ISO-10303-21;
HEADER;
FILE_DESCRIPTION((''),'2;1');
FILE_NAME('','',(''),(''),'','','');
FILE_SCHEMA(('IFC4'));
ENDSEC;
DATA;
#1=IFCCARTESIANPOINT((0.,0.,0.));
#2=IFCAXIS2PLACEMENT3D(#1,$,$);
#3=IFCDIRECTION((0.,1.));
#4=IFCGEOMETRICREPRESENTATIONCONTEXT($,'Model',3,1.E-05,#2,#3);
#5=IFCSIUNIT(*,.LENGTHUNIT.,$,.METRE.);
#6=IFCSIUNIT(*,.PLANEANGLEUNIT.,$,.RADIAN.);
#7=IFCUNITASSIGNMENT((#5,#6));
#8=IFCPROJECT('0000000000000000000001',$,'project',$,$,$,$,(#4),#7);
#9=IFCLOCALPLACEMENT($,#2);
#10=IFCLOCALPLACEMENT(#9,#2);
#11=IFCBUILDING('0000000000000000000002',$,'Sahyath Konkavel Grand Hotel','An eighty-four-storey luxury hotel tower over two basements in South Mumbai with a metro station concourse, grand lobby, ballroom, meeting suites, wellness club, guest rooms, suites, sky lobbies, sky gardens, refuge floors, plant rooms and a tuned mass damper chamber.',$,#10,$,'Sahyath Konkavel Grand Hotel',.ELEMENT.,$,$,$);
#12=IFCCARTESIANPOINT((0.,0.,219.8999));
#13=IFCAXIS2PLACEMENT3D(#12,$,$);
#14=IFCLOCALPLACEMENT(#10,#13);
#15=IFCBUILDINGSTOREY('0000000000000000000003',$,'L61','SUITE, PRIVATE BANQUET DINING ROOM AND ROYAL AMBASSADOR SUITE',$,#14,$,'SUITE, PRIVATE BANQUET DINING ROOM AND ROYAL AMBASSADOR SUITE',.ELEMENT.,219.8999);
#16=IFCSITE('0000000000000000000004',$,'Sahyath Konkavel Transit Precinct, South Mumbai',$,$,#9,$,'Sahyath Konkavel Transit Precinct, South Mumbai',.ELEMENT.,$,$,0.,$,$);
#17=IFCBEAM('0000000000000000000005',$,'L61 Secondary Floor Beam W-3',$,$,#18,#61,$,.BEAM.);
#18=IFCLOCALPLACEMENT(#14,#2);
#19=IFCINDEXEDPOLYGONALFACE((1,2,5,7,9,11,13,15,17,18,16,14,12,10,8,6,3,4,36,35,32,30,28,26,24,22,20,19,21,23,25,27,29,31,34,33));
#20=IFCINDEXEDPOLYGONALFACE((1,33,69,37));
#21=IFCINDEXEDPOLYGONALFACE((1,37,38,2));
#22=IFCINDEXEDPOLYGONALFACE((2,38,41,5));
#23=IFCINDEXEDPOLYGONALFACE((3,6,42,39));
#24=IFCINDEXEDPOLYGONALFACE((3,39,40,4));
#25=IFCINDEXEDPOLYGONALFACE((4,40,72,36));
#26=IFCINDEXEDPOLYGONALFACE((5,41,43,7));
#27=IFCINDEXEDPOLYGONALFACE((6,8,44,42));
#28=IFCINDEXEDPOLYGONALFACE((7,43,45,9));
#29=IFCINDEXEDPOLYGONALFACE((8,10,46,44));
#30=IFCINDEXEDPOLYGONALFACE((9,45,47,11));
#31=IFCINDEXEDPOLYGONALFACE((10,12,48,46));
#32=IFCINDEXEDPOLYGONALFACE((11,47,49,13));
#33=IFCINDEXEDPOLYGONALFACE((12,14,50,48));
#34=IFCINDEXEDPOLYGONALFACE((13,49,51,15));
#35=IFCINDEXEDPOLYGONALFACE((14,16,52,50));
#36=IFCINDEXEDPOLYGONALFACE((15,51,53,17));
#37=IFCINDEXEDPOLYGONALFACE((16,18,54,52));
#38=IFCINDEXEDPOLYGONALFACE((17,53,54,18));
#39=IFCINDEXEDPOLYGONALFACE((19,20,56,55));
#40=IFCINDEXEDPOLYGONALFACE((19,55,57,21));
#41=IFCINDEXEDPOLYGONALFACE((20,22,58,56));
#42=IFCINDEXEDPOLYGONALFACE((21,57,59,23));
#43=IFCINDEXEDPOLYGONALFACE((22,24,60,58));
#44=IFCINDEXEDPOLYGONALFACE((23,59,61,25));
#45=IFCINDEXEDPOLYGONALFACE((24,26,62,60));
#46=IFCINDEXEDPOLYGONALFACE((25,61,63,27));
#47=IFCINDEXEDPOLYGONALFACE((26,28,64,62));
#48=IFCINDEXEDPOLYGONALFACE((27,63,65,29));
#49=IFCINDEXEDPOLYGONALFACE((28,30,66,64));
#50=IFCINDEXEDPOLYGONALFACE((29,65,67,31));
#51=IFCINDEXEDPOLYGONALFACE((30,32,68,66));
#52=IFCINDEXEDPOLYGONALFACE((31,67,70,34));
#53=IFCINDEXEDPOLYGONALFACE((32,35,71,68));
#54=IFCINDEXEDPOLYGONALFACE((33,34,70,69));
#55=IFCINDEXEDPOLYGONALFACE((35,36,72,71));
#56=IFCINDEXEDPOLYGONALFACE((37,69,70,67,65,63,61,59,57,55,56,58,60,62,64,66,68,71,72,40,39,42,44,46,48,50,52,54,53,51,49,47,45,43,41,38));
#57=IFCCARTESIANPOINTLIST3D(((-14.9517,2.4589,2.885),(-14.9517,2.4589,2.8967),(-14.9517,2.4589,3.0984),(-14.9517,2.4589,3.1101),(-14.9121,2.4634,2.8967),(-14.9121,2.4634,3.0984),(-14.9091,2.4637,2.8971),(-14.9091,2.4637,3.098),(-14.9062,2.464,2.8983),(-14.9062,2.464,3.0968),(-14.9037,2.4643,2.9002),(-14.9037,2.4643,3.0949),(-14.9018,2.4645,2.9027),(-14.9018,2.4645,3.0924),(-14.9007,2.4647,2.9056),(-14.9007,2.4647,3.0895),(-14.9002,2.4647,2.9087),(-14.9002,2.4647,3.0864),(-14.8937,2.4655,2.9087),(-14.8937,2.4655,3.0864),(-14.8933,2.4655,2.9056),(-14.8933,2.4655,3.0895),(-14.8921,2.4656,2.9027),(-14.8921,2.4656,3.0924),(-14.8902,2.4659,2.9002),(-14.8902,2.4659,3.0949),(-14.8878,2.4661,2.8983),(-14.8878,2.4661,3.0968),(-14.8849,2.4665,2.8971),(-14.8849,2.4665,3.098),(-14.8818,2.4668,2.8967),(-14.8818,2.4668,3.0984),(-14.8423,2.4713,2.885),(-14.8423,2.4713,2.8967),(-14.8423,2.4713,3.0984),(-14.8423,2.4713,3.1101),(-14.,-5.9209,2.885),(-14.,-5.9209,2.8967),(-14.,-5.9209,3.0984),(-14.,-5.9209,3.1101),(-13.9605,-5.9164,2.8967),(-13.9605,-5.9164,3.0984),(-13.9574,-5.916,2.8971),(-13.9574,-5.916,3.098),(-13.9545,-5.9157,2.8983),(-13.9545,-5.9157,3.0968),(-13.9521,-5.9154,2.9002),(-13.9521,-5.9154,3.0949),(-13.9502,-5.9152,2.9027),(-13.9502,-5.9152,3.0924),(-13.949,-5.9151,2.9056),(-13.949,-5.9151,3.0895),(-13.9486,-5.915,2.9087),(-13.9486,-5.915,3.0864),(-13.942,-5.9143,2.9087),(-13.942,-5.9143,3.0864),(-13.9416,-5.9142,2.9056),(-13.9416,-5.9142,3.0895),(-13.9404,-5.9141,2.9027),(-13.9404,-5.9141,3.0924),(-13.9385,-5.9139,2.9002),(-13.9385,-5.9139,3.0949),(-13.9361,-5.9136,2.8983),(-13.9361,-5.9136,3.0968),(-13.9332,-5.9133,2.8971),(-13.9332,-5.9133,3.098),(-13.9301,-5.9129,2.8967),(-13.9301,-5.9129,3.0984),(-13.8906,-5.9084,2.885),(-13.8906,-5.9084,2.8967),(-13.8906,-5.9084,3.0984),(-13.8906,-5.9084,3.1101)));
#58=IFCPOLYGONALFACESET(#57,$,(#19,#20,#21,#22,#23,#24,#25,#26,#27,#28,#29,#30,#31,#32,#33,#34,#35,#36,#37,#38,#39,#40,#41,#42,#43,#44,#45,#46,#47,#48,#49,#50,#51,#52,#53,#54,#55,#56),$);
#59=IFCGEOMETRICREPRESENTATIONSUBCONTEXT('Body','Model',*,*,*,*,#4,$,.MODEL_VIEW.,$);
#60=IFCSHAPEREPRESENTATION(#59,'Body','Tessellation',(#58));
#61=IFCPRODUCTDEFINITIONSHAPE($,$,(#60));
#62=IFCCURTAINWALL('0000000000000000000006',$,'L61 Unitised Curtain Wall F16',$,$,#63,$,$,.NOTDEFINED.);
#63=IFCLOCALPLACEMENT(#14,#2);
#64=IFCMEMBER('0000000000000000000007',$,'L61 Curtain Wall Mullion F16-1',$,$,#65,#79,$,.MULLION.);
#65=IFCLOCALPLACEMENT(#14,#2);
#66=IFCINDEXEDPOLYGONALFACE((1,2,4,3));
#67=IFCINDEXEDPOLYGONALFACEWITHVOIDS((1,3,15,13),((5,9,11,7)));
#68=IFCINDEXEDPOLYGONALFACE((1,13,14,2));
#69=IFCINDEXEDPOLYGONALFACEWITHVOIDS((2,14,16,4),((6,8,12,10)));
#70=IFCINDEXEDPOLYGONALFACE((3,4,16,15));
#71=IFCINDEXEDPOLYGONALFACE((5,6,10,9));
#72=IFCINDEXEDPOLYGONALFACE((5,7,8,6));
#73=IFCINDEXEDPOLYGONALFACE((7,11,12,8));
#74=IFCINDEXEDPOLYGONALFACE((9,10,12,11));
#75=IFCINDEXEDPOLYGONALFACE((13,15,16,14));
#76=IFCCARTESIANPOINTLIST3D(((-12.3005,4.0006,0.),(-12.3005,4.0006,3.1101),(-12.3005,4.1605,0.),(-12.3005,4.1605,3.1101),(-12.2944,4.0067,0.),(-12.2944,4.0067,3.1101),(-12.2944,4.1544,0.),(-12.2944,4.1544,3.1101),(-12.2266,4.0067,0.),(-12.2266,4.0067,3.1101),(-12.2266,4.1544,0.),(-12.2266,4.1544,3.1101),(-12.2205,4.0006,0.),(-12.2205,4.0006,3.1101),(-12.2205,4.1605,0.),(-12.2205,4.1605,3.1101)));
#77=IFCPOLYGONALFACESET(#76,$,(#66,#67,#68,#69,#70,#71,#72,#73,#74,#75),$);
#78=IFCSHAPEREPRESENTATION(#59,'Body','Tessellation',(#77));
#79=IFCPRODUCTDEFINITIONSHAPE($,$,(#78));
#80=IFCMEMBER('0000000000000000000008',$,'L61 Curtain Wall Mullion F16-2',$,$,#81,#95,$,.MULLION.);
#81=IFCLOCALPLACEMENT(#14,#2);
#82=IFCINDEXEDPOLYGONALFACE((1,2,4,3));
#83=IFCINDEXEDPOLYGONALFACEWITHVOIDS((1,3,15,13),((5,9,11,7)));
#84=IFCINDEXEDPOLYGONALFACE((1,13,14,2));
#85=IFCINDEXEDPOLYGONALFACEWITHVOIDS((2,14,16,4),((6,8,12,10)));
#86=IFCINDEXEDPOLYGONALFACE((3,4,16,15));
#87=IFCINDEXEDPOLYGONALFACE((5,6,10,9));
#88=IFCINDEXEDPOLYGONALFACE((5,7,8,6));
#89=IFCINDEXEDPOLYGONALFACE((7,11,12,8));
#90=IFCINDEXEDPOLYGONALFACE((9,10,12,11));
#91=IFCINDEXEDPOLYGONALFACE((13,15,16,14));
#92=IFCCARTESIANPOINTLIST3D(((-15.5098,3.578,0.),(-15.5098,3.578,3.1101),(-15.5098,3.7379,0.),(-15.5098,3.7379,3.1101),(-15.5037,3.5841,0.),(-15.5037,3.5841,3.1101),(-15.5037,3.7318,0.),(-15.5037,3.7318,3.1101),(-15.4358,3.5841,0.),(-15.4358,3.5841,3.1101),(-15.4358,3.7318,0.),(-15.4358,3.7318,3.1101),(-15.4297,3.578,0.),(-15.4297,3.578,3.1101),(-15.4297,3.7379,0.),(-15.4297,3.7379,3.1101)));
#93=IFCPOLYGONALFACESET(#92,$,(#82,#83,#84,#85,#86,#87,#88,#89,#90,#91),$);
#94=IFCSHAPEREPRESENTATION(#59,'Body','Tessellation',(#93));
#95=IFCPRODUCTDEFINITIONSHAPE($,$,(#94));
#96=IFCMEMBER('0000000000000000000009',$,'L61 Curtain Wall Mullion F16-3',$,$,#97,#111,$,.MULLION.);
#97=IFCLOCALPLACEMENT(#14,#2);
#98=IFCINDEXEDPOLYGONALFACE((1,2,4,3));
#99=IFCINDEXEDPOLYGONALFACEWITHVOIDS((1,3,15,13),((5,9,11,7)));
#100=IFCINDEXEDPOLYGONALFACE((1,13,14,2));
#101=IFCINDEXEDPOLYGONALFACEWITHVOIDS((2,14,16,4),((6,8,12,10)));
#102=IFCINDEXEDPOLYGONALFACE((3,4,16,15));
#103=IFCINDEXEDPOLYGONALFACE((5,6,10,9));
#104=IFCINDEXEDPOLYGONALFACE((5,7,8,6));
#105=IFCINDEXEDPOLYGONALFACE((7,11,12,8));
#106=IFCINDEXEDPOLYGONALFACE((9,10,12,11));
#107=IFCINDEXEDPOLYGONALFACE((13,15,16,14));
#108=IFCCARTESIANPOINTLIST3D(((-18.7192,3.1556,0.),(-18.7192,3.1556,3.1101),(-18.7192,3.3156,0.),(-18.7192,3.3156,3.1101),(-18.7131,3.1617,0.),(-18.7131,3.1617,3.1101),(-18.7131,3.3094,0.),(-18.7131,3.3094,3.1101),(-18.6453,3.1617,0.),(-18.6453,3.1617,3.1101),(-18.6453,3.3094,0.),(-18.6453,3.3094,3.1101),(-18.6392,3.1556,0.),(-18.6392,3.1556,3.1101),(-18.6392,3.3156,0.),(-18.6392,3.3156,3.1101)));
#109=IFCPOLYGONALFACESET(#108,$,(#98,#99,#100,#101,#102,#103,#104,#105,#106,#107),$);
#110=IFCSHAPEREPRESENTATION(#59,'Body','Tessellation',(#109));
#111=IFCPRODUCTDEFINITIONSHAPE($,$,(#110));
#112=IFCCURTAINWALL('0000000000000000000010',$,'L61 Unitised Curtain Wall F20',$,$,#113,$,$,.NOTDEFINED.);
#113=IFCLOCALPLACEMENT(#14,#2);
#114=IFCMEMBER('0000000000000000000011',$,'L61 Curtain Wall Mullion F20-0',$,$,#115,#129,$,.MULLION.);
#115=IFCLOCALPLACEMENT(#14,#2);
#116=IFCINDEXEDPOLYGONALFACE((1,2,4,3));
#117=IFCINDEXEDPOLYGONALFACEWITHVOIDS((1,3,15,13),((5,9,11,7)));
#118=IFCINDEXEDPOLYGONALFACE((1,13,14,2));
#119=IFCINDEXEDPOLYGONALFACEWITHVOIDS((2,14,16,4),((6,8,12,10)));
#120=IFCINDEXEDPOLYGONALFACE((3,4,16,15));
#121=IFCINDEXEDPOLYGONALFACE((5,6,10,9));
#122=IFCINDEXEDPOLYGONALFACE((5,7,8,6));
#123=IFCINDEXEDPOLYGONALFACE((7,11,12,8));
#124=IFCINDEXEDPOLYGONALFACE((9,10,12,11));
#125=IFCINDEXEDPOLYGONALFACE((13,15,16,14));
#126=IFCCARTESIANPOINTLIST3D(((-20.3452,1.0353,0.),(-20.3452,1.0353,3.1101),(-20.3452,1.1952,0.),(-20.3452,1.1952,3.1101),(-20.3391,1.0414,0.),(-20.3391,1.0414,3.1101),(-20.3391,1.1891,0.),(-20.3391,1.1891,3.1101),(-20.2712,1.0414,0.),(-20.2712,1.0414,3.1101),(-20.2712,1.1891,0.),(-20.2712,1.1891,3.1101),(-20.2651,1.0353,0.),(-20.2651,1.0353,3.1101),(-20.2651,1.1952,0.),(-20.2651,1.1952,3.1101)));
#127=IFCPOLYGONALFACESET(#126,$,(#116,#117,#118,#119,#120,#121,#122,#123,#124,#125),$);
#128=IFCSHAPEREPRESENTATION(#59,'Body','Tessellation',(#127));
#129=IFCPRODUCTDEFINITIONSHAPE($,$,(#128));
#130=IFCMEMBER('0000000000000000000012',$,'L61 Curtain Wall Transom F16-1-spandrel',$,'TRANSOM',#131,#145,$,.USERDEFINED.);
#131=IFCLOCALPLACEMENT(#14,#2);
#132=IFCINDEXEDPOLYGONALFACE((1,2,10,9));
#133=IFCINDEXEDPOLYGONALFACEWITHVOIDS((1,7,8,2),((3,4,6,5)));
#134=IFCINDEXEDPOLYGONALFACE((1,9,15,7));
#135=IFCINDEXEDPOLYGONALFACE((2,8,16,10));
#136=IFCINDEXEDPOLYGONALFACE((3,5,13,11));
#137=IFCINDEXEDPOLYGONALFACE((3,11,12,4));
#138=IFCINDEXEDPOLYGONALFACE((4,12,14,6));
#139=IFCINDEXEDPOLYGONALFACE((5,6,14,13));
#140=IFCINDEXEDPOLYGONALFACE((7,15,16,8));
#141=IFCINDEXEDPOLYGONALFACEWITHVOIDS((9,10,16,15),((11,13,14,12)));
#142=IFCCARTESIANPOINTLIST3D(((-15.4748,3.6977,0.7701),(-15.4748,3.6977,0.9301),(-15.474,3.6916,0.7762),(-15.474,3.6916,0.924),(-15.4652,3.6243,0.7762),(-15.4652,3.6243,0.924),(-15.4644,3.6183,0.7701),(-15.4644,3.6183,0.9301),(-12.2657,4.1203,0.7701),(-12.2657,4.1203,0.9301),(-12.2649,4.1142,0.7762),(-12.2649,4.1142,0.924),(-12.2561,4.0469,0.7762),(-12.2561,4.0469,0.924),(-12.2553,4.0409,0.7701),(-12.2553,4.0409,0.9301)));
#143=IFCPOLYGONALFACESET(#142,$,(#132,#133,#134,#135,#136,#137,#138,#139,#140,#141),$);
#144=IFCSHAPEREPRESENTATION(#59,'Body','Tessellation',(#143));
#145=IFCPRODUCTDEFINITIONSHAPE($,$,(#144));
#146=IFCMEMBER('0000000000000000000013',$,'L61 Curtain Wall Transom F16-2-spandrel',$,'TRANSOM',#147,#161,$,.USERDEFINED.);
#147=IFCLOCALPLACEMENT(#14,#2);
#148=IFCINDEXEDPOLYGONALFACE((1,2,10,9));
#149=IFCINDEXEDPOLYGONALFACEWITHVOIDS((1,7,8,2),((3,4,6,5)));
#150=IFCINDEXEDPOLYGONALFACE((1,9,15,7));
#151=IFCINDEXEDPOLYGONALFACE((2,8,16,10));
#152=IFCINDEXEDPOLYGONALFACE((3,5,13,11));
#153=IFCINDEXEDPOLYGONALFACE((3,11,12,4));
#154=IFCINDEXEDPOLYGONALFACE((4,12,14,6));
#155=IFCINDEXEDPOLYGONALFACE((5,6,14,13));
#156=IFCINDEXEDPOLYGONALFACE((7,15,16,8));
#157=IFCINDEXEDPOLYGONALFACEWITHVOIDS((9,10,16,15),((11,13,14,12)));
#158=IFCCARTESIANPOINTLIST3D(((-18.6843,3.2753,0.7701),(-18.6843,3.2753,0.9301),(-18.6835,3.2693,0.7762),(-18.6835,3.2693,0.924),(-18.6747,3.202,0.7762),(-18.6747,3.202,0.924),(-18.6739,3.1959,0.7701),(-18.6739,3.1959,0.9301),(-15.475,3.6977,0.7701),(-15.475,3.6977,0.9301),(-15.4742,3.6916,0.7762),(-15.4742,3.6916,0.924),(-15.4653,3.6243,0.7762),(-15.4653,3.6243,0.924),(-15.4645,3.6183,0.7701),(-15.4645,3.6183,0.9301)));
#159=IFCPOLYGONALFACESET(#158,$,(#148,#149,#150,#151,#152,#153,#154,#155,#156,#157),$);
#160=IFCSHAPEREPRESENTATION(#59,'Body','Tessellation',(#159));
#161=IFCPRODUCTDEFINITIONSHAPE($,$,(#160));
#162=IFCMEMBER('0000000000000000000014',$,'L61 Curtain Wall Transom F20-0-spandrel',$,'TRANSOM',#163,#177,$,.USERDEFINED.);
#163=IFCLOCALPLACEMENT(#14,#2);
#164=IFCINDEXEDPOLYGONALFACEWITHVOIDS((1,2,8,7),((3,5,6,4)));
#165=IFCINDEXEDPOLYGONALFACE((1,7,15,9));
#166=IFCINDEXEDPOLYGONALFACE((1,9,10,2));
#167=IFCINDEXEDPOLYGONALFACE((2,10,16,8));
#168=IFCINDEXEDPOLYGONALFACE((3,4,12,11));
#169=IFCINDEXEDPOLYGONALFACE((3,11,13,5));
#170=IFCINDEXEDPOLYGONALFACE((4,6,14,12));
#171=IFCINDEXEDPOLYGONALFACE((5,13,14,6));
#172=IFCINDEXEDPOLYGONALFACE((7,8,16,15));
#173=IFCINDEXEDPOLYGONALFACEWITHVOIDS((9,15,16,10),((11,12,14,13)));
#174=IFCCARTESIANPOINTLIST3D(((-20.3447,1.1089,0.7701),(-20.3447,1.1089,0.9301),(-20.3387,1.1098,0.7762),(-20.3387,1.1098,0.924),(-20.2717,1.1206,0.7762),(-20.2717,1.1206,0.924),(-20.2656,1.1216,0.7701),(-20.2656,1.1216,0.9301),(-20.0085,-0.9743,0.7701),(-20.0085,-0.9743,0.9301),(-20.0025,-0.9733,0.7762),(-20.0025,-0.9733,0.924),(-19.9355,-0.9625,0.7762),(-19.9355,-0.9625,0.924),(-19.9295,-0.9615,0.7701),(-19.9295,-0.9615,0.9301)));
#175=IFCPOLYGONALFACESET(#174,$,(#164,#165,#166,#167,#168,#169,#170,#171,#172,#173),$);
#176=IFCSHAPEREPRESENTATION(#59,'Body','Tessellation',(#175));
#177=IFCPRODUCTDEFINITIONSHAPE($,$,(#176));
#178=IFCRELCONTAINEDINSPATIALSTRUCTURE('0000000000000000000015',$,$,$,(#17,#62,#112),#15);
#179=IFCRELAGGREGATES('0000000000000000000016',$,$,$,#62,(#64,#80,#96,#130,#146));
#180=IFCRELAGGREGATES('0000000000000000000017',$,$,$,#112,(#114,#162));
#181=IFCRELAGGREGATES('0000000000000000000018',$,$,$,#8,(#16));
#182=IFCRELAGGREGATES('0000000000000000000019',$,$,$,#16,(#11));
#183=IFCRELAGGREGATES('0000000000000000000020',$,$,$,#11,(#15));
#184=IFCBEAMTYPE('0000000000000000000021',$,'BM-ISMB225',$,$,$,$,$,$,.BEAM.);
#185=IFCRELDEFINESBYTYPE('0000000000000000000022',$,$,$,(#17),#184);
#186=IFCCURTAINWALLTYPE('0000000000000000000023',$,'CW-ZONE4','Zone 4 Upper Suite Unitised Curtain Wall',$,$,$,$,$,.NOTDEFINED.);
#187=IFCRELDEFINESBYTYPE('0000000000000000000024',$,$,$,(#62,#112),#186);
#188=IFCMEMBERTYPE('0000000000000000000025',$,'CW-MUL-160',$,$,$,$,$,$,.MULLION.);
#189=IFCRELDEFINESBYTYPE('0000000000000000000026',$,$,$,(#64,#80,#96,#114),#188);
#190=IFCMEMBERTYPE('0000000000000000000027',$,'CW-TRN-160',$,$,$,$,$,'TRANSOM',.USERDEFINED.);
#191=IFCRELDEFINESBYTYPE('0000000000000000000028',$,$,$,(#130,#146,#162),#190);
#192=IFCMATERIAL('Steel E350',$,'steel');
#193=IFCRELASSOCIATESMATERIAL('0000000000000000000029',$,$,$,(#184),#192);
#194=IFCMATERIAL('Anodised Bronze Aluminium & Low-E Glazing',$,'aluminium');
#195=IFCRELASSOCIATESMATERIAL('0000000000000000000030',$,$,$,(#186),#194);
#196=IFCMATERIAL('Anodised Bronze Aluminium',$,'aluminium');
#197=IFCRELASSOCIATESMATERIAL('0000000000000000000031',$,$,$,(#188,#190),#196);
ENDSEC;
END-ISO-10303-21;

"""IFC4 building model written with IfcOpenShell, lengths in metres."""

from ifc_helpers import new_model, si_unit, direction, frame, origin, origin_2d, place, context, subcontext, project, spatial, hollow_rectangle, i_section, extrude, source, transform, mapped, material, material_profile, profile_set, type_object, element, aggregate, save


model = new_model("IFC4")

# Units and contexts
model_context = context("Model", 3, precision=1e-05, world=origin(), true_north=direction((0.0, 1.0)))
body_context = subcontext(model_context, "Body", "Model", "MODEL_VIEW")
ifc_project = project(units=[si_unit("LENGTHUNIT", "METRE"), si_unit("PLANEANGLEUNIT", "RADIAN")], contexts=[model_context])

# Site, building, storey
site_placement = place(None, origin())
site = spatial("IfcSite", under=ifc_project, at=site_placement, Name="Sahyath Konkavel Transit Precinct, South Mumbai", LongName="Sahyath Konkavel Transit Precinct, South Mumbai", CompositionType="ELEMENT", RefElevation=0.0)
building_placement = place(site_placement, origin())
building = spatial("IfcBuilding", under=site, at=building_placement, Name="Sahyath Konkavel Grand Hotel", Description="An eighty-four-storey luxury hotel tower over two basements in South Mumbai with a metro station concourse, grand lobby, ballroom, meeting suites, wellness club, guest rooms, suites, sky lobbies, sky gardens, refuge floors, plant rooms and a tuned mass damper chamber.", LongName="Sahyath Konkavel Grand Hotel", CompositionType="ELEMENT")
storey_placement = place(building_placement, frame((0.0, 0.0, 219.8999)))
storey = spatial("IfcBuildingStorey", under=building, at=storey_placement, Name="L61", Description="SUITE, PRIVATE BANQUET DINING ROOM AND ROYAL AMBASSADOR SUITE", LongName="SUITE, PRIVATE BANQUET DINING ROOM AND ROYAL AMBASSADOR SUITE", CompositionType="ELEMENT", Elevation=219.8999)

# Beam
ifc_material_1 = material(Name="Steel E350", Category="steel")
ifc_material_profile_1 = material_profile(ifc_material_1, i_section(OverallWidth=0.1101, OverallDepth=0.2251, WebThickness=0.0066, FlangeThickness=0.0117, FilletRadius=0.012, at=origin_2d()), Name="ISMB 225")
ifc_profile_set_1 = profile_set([ifc_material_profile_1], Name="Steel E350")
beam_type_1 = type_object("IfcBeamType", Name="BM-ISMB225", PredefinedType="BEAM", material=ifc_profile_set_1)
shared_shape_1 = source(origin(), body_context, "Body", "SweptSolid", [
    extrude(i_section(OverallWidth=0.1101, OverallDepth=0.2251, WebThickness=0.0066, FlangeThickness=0.0117, FilletRadius=0.012, at=origin_2d()), origin(), (0.0, 0.0, 1.0), 8.4336),
])
beam_1_placement = place(storey_placement, frame((-14.897, 2.4651, 2.9976), z_axis=(0.112843, -0.993613, 0.0), x_axis=(0.993613, 0.112843, 0.0)))
element("IfcBeam", 1, at=beam_1_placement, inside=storey, type_object=beam_type_1, Name="L61 Secondary Floor Beam W-3", PredefinedType="BEAM", context=body_context, shape_type="MappedRepresentation", body=[
    mapped(shared_shape_1, transform((0.0, 0.0, 0.0), scale=1.0)),
])

# Curtain wall, members
ifc_material_2 = material(Name="Anodised Bronze Aluminium & Low-E Glazing", Category="aluminium")
curtain_wall_type = type_object("IfcCurtainWallType", Name="CW-ZONE4", Description="Zone 4 Upper Suite Unitised Curtain Wall", PredefinedType="NOTDEFINED", material=ifc_material_2)
curtain_wall_1_placement = place(storey_placement, origin())
curtain_wall_1 = element("IfcCurtainWall", 2, at=curtain_wall_1_placement, inside=storey, type_object=curtain_wall_type, Name="L61 Unitised Curtain Wall F16", PredefinedType="NOTDEFINED")
ifc_material_3 = material(Name="Anodised Bronze Aluminium", Category="aluminium")
ifc_material_profile_2 = material_profile(ifc_material_3, hollow_rectangle(XDim=0.0801, YDim=0.1599, WallThickness=0.0061, at=origin_2d()), Name="RHS 160x80x6")
ifc_profile_set_2 = profile_set([ifc_material_profile_2], Name="Anodised Bronze Aluminium")
member_type_1 = type_object("IfcMemberType", Name="CW-MUL-160", PredefinedType="MULLION", material=ifc_profile_set_2)
shared_shape_2 = source(origin(), body_context, "Body", "SweptSolid", [
    extrude(hollow_rectangle(XDim=0.0801, YDim=0.1599, WallThickness=0.0061, at=origin_2d()), origin(), (0.0, 0.0, 1.0), 3.1101),
])
member_1_placement = place(storey_placement, frame((-12.2605, 4.0806, 0.0), z_axis=(0.0, 0.0, 1.0), x_axis=(1.0, 0.0, 0.0)))
member_1 = element("IfcMember", 3, at=member_1_placement, type_object=member_type_1, Name="L61 Curtain Wall Mullion F16-1", PredefinedType="MULLION", context=body_context, shape_type="MappedRepresentation", body=[
    mapped(shared_shape_2, transform((0.0, 0.0, 0.0), scale=1.0)),
])
member_2_placement = place(storey_placement, frame((-15.4697, 3.658, 0.0), z_axis=(0.0, 0.0, 1.0), x_axis=(1.0, 0.0, 0.0)))
member_2 = element("IfcMember", 4, at=member_2_placement, type_object=member_type_1, Name="L61 Curtain Wall Mullion F16-2", PredefinedType="MULLION", context=body_context, shape_type="MappedRepresentation", body=[
    mapped(shared_shape_2, transform((0.0, 0.0, 0.0), scale=1.0)),
])
member_3_placement = place(storey_placement, frame((-18.6792, 3.2356, 0.0), z_axis=(0.0, 0.0, 1.0), x_axis=(1.0, 0.0, 0.0)))
member_3 = element("IfcMember", 5, at=member_3_placement, type_object=member_type_1, Name="L61 Curtain Wall Mullion F16-3", PredefinedType="MULLION", context=body_context, shape_type="MappedRepresentation", body=[
    mapped(shared_shape_2, transform((0.0, 0.0, 0.0), scale=1.0)),
])

# Curtain wall, member
curtain_wall_2_placement = place(storey_placement, origin())
curtain_wall_2 = element("IfcCurtainWall", 6, at=curtain_wall_2_placement, inside=storey, type_object=curtain_wall_type, Name="L61 Unitised Curtain Wall F20", PredefinedType="NOTDEFINED")
member_4_placement = place(storey_placement, frame((-20.3052, 1.1152, 0.0), z_axis=(0.0, 0.0, 1.0), x_axis=(1.0, 0.0, 0.0)))
member_4 = element("IfcMember", 7, at=member_4_placement, type_object=member_type_1, Name="L61 Curtain Wall Mullion F20-0", PredefinedType="MULLION", context=body_context, shape_type="MappedRepresentation", body=[
    mapped(shared_shape_2, transform((0.0, 0.0, 0.0), scale=1.0)),
])

# Members
ifc_material_profile_3 = material_profile(ifc_material_3, hollow_rectangle(XDim=0.0801, YDim=0.1599, WallThickness=0.0061, at=origin_2d()), Name="RHS 160x80x6")
ifc_profile_set_3 = profile_set([ifc_material_profile_3], Name="Anodised Bronze Aluminium")
member_type_2 = type_object("IfcMemberType", Name="CW-TRN-160", ElementType="TRANSOM", PredefinedType="USERDEFINED", material=ifc_profile_set_3)
shared_shape_3 = source(origin(), body_context, "Body", "SweptSolid", [
    extrude(hollow_rectangle(XDim=0.0801, YDim=0.1599, WallThickness=0.0061, at=origin_2d()), origin(), (0.0, 0.0, 1.0), 3.2368),
])
member_5_placement = place(storey_placement, frame((-12.2605, 4.0806, 0.8501), z_axis=(-0.991441, -0.130558, 0.0), x_axis=(0.130558, -0.991441, 0.0)))
member_5 = element("IfcMember", 8, at=member_5_placement, type_object=member_type_2, Name="L61 Curtain Wall Transom F16-1-spandrel", ObjectType="TRANSOM", PredefinedType="USERDEFINED", context=body_context, shape_type="MappedRepresentation", body=[
    mapped(shared_shape_3, transform((0.0, 0.0, 0.0), scale=1.0)),
])
shared_shape_4 = source(origin(), body_context, "Body", "SweptSolid", [
    extrude(hollow_rectangle(XDim=0.0801, YDim=0.1599, WallThickness=0.0061, at=origin_2d()), origin(), (0.0, 0.0, 1.0), 3.2371),
])
member_6_placement = place(storey_placement, frame((-15.4697, 3.658, 0.8501), z_axis=(-0.991452, -0.130474, 0.0), x_axis=(0.130474, -0.991452, 0.0)))
member_6 = element("IfcMember", 9, at=member_6_placement, type_object=member_type_2, Name="L61 Curtain Wall Transom F16-2-spandrel", ObjectType="TRANSOM", PredefinedType="USERDEFINED", context=body_context, shape_type="MappedRepresentation", body=[
    mapped(shared_shape_4, transform((0.0, 0.0, 0.0), scale=1.0)),
])
shared_shape_5 = source(origin(), body_context, "Body", "SweptSolid", [
    extrude(hollow_rectangle(XDim=0.0801, YDim=0.1599, WallThickness=0.0061, at=origin_2d()), origin(), (0.0, 0.0, 1.0), 2.1101),
])
member_7_placement = place(storey_placement, frame((-20.3052, 1.1152, 0.8501), z_axis=(0.159312, -0.987228, 0.0), x_axis=(0.987228, 0.159312, 0.0)))
member_7 = element("IfcMember", 10, at=member_7_placement, type_object=member_type_2, Name="L61 Curtain Wall Transom F20-0-spandrel", ObjectType="TRANSOM", PredefinedType="USERDEFINED", context=body_context, shape_type="MappedRepresentation", body=[
    mapped(shared_shape_5, transform((0.0, 0.0, 0.0), scale=1.0)),
])

aggregate(curtain_wall_1, [member_1, member_2, member_3, member_5, member_6])
aggregate(curtain_wall_2, [member_4, member_7])

save(model, "model.ifc")
